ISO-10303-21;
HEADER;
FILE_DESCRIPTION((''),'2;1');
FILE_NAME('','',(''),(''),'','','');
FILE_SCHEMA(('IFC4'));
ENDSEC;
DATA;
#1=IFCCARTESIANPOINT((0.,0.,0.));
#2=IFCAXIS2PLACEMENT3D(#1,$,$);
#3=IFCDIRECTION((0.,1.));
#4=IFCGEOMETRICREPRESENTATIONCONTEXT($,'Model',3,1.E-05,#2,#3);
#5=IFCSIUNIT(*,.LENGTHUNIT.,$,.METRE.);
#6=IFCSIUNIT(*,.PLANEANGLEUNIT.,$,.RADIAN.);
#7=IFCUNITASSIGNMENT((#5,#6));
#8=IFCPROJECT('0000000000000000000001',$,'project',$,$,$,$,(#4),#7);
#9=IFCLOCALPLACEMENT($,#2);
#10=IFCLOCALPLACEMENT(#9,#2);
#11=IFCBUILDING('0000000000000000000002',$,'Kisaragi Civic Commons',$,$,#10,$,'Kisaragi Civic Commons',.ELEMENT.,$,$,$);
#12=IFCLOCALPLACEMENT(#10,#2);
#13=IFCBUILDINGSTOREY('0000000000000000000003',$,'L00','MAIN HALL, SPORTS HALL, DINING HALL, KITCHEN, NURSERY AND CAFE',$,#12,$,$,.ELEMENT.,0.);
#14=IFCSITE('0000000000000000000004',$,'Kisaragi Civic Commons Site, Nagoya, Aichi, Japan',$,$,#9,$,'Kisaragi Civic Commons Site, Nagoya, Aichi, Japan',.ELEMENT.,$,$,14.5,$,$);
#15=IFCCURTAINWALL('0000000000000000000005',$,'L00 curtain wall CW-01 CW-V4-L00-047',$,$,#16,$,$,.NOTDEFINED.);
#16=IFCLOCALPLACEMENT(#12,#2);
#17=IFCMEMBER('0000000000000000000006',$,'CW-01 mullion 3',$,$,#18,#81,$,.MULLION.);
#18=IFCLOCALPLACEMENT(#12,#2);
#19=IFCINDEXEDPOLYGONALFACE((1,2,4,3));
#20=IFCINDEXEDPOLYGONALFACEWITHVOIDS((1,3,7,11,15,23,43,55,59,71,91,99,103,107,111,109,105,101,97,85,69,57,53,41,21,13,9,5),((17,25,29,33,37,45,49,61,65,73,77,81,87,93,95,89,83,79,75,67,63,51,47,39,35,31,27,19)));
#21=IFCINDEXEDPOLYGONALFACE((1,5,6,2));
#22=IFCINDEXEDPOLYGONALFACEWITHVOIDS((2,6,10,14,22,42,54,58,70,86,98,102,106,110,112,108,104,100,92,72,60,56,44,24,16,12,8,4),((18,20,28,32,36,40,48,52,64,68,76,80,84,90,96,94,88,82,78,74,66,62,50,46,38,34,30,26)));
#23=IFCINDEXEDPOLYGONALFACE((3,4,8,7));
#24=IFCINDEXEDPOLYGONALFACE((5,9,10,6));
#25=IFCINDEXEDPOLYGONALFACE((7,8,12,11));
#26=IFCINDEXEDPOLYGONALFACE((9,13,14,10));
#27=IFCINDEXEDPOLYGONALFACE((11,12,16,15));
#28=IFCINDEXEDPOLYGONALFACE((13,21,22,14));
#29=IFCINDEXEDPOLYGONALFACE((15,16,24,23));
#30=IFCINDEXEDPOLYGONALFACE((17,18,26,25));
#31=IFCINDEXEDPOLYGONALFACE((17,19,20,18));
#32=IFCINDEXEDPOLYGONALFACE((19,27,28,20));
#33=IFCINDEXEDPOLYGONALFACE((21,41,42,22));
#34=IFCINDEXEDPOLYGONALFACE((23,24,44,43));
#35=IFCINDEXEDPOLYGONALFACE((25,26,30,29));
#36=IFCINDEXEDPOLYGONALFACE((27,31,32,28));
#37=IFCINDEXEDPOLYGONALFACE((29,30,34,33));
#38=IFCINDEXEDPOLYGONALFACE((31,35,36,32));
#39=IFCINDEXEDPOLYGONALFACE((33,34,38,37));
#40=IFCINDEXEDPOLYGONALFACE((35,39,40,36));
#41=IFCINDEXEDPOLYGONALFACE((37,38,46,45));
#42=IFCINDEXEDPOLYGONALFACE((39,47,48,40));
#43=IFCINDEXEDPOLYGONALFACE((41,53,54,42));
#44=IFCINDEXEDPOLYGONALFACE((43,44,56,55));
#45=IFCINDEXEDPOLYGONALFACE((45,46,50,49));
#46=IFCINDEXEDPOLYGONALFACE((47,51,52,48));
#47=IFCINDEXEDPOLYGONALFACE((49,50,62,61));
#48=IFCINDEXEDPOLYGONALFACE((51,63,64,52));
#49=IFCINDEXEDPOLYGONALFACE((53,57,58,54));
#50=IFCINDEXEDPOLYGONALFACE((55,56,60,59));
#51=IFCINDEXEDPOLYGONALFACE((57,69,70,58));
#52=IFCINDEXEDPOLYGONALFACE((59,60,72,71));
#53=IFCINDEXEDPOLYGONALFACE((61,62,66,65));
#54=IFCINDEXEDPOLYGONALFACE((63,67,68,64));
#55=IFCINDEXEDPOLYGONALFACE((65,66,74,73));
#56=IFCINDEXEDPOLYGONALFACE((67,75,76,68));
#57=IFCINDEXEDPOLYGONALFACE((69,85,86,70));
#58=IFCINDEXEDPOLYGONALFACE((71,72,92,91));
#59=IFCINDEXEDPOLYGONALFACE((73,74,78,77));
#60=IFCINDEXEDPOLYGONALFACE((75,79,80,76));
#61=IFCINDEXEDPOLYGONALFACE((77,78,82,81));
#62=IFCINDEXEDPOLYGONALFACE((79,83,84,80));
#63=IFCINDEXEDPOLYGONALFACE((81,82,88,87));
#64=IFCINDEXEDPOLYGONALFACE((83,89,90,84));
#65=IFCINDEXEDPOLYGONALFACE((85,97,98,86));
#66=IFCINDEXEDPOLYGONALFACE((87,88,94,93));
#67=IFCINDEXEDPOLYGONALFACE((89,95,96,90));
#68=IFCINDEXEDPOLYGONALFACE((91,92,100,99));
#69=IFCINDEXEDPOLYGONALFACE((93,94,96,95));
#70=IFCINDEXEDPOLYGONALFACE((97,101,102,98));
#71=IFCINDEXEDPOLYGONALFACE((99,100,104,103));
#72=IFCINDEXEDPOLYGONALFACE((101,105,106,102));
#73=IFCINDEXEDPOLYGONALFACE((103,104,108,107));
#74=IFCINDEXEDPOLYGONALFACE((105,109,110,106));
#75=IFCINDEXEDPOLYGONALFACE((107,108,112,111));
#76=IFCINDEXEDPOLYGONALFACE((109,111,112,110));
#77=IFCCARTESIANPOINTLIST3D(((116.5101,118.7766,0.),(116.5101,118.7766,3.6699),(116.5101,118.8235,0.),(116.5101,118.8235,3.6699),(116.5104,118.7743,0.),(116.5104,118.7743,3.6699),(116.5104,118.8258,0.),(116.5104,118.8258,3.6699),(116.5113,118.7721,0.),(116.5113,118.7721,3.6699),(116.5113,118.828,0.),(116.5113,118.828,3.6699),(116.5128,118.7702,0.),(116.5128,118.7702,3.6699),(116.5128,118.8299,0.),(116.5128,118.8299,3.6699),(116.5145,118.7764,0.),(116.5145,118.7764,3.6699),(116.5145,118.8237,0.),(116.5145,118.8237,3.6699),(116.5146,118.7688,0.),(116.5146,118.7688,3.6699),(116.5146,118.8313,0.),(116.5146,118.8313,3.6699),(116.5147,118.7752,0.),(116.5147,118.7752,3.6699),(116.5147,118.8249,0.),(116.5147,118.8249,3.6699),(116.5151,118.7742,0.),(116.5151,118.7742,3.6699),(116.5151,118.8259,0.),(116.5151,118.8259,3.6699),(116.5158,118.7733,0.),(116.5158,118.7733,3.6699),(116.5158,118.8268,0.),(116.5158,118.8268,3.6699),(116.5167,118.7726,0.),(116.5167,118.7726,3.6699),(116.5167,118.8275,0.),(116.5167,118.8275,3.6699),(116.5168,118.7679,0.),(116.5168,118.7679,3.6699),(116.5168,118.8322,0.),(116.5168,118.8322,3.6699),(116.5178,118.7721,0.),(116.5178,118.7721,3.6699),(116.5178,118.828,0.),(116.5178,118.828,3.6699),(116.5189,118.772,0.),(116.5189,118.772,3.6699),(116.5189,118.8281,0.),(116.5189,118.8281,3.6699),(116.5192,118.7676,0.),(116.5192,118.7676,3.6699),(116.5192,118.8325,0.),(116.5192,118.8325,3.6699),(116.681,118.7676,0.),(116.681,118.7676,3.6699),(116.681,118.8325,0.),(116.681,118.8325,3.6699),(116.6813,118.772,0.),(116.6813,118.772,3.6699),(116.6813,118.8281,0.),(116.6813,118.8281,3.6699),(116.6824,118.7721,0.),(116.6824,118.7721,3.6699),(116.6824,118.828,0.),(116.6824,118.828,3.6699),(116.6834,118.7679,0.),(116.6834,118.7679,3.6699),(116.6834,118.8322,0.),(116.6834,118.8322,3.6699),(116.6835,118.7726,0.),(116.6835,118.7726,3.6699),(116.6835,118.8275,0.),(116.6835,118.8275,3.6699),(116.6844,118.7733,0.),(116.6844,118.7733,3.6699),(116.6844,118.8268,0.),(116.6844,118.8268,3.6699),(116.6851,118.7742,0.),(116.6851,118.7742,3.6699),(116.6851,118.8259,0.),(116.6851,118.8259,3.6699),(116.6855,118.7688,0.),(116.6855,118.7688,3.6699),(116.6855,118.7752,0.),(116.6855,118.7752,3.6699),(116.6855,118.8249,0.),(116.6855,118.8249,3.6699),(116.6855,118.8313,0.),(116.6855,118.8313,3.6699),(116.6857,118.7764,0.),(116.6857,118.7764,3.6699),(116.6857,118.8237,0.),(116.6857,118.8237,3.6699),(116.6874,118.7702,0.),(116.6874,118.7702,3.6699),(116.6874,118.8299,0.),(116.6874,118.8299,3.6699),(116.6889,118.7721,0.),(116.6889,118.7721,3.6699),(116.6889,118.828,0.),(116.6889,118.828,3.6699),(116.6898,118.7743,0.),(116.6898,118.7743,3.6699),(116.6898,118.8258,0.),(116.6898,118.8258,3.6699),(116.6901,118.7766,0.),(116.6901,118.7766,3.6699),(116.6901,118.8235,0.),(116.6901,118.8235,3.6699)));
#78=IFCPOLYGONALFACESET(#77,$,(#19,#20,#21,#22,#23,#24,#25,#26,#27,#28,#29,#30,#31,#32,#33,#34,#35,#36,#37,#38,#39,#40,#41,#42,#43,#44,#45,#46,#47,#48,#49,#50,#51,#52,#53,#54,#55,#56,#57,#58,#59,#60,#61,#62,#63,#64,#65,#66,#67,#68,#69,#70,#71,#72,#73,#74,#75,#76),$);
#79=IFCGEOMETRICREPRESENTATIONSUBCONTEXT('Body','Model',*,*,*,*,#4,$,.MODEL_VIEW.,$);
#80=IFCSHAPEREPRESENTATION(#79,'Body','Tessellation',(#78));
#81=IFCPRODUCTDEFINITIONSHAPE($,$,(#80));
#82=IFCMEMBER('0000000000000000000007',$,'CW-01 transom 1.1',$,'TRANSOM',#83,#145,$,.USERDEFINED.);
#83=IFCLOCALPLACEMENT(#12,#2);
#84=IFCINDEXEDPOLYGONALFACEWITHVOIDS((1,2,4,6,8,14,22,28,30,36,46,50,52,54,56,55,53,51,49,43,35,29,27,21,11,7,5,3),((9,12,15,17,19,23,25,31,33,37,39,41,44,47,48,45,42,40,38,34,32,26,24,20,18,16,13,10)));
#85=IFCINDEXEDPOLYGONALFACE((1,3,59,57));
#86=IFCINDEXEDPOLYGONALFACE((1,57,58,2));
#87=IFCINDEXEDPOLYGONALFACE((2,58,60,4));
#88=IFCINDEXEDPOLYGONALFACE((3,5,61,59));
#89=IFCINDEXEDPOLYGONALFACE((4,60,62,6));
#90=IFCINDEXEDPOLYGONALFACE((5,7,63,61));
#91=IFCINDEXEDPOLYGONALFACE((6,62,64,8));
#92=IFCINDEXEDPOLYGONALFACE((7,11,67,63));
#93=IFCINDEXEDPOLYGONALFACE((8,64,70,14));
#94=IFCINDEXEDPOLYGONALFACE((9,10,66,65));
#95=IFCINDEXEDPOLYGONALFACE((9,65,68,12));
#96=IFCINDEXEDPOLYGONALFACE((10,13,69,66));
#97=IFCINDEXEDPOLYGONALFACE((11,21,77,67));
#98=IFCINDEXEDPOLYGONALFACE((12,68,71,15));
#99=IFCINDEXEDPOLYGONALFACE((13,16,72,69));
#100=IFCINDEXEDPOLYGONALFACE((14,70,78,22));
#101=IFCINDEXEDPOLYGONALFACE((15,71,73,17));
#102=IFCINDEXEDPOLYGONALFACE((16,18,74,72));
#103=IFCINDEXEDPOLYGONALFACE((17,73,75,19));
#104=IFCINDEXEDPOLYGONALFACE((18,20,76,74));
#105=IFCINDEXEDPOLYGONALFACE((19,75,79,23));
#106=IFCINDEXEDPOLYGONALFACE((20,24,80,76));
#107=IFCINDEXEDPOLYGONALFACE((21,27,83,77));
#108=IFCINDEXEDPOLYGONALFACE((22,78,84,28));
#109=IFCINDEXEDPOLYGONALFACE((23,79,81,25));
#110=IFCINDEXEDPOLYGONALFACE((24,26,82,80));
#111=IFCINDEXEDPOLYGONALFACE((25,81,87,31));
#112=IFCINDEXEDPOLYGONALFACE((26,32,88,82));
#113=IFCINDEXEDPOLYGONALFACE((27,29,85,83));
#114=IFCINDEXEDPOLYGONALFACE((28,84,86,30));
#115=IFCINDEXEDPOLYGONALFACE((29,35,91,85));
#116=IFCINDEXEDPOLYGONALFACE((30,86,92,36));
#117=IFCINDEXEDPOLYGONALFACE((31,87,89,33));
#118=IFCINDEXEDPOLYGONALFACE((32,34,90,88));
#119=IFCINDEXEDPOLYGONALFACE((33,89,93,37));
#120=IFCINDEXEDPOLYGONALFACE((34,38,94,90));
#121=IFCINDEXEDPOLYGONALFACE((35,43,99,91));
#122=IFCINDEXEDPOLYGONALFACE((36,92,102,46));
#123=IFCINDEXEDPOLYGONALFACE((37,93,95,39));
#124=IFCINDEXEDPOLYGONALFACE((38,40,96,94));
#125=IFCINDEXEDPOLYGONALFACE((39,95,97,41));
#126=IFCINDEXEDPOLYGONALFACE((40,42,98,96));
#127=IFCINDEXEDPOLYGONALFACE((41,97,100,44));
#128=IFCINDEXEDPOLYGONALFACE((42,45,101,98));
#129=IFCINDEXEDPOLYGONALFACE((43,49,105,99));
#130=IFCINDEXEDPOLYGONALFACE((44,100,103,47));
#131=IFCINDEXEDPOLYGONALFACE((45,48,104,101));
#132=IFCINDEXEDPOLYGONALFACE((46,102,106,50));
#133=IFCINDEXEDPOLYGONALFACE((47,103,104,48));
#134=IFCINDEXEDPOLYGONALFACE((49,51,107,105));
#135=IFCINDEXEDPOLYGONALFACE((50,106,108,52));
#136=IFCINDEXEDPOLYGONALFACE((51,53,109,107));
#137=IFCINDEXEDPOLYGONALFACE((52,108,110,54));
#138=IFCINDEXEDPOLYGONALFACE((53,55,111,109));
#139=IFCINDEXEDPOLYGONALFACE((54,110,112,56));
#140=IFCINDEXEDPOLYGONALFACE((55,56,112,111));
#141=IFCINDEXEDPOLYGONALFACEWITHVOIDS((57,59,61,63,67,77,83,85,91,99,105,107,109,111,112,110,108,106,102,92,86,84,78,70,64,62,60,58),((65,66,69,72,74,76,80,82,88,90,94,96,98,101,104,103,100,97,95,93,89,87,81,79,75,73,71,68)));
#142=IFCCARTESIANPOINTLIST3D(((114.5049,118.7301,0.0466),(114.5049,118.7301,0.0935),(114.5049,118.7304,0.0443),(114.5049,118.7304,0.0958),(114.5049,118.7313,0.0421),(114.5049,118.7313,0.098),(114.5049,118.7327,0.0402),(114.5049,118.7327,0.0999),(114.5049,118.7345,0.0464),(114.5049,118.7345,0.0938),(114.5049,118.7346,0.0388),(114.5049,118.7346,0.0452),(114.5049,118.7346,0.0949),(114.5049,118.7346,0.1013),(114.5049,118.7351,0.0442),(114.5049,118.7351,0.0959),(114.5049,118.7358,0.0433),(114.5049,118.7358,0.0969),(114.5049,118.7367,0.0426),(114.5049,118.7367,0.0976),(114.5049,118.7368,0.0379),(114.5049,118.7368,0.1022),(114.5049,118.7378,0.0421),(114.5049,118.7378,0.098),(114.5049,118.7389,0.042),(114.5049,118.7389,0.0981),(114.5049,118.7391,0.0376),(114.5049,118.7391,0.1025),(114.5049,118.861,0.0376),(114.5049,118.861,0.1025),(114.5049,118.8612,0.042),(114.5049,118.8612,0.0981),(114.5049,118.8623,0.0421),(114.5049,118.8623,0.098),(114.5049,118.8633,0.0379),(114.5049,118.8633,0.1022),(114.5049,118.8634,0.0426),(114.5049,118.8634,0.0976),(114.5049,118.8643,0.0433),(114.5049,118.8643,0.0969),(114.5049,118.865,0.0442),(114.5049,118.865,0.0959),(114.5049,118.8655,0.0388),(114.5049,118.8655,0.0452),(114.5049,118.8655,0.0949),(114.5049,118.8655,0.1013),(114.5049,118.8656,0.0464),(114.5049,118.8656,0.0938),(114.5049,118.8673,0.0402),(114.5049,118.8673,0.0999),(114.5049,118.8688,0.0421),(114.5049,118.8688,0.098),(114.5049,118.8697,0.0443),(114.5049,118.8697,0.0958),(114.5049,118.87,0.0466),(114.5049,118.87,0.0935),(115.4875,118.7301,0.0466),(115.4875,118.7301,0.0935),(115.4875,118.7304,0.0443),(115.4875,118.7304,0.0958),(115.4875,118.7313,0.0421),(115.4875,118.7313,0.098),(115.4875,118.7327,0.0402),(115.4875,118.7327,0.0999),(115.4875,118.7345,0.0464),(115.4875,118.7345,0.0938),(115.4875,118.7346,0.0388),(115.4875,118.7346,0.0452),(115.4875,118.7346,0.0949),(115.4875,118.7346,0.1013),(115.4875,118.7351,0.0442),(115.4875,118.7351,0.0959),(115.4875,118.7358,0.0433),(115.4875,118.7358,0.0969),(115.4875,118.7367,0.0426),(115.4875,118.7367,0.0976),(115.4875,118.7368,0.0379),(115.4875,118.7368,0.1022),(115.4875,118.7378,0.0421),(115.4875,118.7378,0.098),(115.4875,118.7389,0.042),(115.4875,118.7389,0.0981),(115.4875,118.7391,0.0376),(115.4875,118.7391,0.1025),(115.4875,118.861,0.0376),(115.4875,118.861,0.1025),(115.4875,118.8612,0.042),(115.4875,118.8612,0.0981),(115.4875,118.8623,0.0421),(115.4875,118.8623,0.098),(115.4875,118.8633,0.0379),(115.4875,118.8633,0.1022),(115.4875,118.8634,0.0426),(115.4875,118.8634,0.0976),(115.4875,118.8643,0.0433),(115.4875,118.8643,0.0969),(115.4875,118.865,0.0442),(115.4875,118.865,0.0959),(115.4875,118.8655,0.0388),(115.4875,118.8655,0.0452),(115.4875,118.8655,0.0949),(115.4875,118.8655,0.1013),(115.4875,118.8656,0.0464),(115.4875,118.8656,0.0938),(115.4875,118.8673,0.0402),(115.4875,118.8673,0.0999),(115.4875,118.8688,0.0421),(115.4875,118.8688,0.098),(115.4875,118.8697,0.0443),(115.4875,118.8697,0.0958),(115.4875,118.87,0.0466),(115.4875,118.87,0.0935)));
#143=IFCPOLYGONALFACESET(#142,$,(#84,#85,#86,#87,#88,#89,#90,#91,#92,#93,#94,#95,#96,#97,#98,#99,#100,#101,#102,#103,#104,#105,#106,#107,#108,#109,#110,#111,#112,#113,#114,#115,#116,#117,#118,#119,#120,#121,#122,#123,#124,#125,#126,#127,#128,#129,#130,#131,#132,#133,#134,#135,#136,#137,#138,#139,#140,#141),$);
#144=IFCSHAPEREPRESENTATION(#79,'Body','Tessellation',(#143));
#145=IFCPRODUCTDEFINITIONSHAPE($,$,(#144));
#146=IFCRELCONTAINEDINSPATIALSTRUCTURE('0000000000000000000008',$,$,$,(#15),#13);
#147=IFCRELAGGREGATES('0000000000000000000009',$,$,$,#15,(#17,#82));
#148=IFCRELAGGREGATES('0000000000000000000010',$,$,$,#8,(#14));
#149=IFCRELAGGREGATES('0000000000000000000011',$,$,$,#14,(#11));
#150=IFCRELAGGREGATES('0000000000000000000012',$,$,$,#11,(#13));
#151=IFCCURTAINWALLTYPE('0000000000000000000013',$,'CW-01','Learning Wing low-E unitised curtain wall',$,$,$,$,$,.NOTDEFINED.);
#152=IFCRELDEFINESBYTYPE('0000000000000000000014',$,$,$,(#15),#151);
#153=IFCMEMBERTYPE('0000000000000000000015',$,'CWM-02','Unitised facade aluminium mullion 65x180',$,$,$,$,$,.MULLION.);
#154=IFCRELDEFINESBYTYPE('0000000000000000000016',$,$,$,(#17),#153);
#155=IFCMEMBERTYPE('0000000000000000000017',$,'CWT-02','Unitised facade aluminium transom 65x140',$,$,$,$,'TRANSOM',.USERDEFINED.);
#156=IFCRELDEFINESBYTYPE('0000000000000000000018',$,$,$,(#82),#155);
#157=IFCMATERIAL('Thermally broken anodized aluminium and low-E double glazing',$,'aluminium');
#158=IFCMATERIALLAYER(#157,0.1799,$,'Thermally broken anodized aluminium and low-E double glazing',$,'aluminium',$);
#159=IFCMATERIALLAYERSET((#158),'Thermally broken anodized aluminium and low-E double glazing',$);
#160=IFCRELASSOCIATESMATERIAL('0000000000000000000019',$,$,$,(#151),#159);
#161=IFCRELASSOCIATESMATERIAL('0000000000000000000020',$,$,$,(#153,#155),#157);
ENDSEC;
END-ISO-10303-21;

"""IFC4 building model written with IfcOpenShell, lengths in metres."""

from ifc_helpers import new_model, si_unit, direction, frame, origin, origin_2d, place, context, subcontext, project, spatial, hollow_rectangle, extrude, material, layer, layer_set, material_profile, profile_set, type_object, element, aggregate, save


model = new_model("IFC4")

# Units and contexts
model_context = context("Model", 3, precision=1e-05, world=origin(), true_north=direction((0.0, 1.0)))
body_context = subcontext(model_context, "Body", "Model", "MODEL_VIEW")
ifc_project = project(units=[si_unit("LENGTHUNIT", "METRE"), si_unit("PLANEANGLEUNIT", "RADIAN")], contexts=[model_context])

# Site, building, storey
site_placement = place(None, origin())
site = spatial("IfcSite", under=ifc_project, at=site_placement, Name="Kisaragi Civic Commons Site, Nagoya, Aichi, Japan", LongName="Kisaragi Civic Commons Site, Nagoya, Aichi, Japan", CompositionType="ELEMENT", RefElevation=14.5)
building_placement = place(site_placement, origin())
building = spatial("IfcBuilding", under=site, at=building_placement, Name="Kisaragi Civic Commons", LongName="Kisaragi Civic Commons", CompositionType="ELEMENT")
storey_placement = place(building_placement, origin())
storey = spatial("IfcBuildingStorey", under=building, at=storey_placement, Name="L00", Description="MAIN HALL, SPORTS HALL, DINING HALL, KITCHEN, NURSERY AND CAFE", CompositionType="ELEMENT", Elevation=0.0)

# Curtain wall, members
ifc_material_1 = material(Name="Thermally broken anodized aluminium and low-E double glazing", Category="aluminium")
ifc_layer_1 = layer(ifc_material_1, 0.1799, Name="Thermally broken anodized aluminium and low-E double glazing", Category="aluminium")
ifc_layer_set_1 = layer_set([ifc_layer_1], Name="Thermally broken anodized aluminium and low-E double glazing")
curtain_wall_type = type_object("IfcCurtainWallType", Name="CW-01", Description="Learning Wing low-E unitised curtain wall", PredefinedType="NOTDEFINED", material=ifc_layer_set_1)
curtain_wall_placement = place(storey_placement, origin())
curtain_wall = element("IfcCurtainWall", 1, at=curtain_wall_placement, inside=storey, type_object=curtain_wall_type, Name="L00 curtain wall CW-01 CW-V4-L00-047", PredefinedType="NOTDEFINED")
ifc_material_profile_1 = material_profile(ifc_material_1, hollow_rectangle(XDim=0.0649, YDim=0.1799, WallThickness=0.0044, InnerFilletRadius=0.0044, OuterFilletRadius=0.009, at=origin_2d()), Name="CWM-65x180x4.5", Category="aluminium")
ifc_profile_set_1 = profile_set([ifc_material_profile_1], Name="Thermally broken anodized aluminium and low-E double glazing")
member_type_1 = type_object("IfcMemberType", Name="CWM-02", Description="Unitised facade aluminium mullion 65x180", PredefinedType="MULLION", material=ifc_profile_set_1)
member_1_placement = place(storey_placement, frame((116.6001, 118.8, 0.0), z_axis=(0.0, 0.0, 1.0), x_axis=(0.0, 1.0, 0.0)))
member_1 = element("IfcMember", 2, at=member_1_placement, type_object=member_type_1, Name="CW-01 mullion 3", PredefinedType="MULLION", context=body_context, shape_type="SweptSolid", body=[
    extrude(hollow_rectangle(XDim=0.0649, YDim=0.1799, WallThickness=0.0044, InnerFilletRadius=0.0044, OuterFilletRadius=0.009, at=origin_2d()), origin(), (0.0, 0.0, 1.0), 3.6699),
])
ifc_material_profile_2 = material_profile(ifc_material_1, hollow_rectangle(XDim=0.1399, YDim=0.0649, WallThickness=0.0044, InnerFilletRadius=0.0044, OuterFilletRadius=0.009, at=origin_2d()), Name="CWT-65x140x4.5", Category="aluminium")
ifc_profile_set_2 = profile_set([ifc_material_profile_2], Name="Thermally broken anodized aluminium and low-E double glazing")
member_type_2 = type_object("IfcMemberType", Name="CWT-02", Description="Unitised facade aluminium transom 65x140", ElementType="TRANSOM", PredefinedType="USERDEFINED", material=ifc_profile_set_2)
member_2_placement = place(storey_placement, frame((114.5049, 118.8, 0.0701), z_axis=(1.0, 0.0, 0.0), x_axis=(0.0, 1.0, 0.0)))
member_2 = element("IfcMember", 3, at=member_2_placement, type_object=member_type_2, Name="CW-01 transom 1.1", ObjectType="TRANSOM", PredefinedType="USERDEFINED", context=body_context, shape_type="SweptSolid", body=[
    extrude(hollow_rectangle(XDim=0.1399, YDim=0.0649, WallThickness=0.0044, InnerFilletRadius=0.0044, OuterFilletRadius=0.009, at=origin_2d()), origin(), (0.0, 0.0, 1.0), 0.9827),
])
aggregate(curtain_wall, [member_1, member_2])

save(model, "model.ifc")
